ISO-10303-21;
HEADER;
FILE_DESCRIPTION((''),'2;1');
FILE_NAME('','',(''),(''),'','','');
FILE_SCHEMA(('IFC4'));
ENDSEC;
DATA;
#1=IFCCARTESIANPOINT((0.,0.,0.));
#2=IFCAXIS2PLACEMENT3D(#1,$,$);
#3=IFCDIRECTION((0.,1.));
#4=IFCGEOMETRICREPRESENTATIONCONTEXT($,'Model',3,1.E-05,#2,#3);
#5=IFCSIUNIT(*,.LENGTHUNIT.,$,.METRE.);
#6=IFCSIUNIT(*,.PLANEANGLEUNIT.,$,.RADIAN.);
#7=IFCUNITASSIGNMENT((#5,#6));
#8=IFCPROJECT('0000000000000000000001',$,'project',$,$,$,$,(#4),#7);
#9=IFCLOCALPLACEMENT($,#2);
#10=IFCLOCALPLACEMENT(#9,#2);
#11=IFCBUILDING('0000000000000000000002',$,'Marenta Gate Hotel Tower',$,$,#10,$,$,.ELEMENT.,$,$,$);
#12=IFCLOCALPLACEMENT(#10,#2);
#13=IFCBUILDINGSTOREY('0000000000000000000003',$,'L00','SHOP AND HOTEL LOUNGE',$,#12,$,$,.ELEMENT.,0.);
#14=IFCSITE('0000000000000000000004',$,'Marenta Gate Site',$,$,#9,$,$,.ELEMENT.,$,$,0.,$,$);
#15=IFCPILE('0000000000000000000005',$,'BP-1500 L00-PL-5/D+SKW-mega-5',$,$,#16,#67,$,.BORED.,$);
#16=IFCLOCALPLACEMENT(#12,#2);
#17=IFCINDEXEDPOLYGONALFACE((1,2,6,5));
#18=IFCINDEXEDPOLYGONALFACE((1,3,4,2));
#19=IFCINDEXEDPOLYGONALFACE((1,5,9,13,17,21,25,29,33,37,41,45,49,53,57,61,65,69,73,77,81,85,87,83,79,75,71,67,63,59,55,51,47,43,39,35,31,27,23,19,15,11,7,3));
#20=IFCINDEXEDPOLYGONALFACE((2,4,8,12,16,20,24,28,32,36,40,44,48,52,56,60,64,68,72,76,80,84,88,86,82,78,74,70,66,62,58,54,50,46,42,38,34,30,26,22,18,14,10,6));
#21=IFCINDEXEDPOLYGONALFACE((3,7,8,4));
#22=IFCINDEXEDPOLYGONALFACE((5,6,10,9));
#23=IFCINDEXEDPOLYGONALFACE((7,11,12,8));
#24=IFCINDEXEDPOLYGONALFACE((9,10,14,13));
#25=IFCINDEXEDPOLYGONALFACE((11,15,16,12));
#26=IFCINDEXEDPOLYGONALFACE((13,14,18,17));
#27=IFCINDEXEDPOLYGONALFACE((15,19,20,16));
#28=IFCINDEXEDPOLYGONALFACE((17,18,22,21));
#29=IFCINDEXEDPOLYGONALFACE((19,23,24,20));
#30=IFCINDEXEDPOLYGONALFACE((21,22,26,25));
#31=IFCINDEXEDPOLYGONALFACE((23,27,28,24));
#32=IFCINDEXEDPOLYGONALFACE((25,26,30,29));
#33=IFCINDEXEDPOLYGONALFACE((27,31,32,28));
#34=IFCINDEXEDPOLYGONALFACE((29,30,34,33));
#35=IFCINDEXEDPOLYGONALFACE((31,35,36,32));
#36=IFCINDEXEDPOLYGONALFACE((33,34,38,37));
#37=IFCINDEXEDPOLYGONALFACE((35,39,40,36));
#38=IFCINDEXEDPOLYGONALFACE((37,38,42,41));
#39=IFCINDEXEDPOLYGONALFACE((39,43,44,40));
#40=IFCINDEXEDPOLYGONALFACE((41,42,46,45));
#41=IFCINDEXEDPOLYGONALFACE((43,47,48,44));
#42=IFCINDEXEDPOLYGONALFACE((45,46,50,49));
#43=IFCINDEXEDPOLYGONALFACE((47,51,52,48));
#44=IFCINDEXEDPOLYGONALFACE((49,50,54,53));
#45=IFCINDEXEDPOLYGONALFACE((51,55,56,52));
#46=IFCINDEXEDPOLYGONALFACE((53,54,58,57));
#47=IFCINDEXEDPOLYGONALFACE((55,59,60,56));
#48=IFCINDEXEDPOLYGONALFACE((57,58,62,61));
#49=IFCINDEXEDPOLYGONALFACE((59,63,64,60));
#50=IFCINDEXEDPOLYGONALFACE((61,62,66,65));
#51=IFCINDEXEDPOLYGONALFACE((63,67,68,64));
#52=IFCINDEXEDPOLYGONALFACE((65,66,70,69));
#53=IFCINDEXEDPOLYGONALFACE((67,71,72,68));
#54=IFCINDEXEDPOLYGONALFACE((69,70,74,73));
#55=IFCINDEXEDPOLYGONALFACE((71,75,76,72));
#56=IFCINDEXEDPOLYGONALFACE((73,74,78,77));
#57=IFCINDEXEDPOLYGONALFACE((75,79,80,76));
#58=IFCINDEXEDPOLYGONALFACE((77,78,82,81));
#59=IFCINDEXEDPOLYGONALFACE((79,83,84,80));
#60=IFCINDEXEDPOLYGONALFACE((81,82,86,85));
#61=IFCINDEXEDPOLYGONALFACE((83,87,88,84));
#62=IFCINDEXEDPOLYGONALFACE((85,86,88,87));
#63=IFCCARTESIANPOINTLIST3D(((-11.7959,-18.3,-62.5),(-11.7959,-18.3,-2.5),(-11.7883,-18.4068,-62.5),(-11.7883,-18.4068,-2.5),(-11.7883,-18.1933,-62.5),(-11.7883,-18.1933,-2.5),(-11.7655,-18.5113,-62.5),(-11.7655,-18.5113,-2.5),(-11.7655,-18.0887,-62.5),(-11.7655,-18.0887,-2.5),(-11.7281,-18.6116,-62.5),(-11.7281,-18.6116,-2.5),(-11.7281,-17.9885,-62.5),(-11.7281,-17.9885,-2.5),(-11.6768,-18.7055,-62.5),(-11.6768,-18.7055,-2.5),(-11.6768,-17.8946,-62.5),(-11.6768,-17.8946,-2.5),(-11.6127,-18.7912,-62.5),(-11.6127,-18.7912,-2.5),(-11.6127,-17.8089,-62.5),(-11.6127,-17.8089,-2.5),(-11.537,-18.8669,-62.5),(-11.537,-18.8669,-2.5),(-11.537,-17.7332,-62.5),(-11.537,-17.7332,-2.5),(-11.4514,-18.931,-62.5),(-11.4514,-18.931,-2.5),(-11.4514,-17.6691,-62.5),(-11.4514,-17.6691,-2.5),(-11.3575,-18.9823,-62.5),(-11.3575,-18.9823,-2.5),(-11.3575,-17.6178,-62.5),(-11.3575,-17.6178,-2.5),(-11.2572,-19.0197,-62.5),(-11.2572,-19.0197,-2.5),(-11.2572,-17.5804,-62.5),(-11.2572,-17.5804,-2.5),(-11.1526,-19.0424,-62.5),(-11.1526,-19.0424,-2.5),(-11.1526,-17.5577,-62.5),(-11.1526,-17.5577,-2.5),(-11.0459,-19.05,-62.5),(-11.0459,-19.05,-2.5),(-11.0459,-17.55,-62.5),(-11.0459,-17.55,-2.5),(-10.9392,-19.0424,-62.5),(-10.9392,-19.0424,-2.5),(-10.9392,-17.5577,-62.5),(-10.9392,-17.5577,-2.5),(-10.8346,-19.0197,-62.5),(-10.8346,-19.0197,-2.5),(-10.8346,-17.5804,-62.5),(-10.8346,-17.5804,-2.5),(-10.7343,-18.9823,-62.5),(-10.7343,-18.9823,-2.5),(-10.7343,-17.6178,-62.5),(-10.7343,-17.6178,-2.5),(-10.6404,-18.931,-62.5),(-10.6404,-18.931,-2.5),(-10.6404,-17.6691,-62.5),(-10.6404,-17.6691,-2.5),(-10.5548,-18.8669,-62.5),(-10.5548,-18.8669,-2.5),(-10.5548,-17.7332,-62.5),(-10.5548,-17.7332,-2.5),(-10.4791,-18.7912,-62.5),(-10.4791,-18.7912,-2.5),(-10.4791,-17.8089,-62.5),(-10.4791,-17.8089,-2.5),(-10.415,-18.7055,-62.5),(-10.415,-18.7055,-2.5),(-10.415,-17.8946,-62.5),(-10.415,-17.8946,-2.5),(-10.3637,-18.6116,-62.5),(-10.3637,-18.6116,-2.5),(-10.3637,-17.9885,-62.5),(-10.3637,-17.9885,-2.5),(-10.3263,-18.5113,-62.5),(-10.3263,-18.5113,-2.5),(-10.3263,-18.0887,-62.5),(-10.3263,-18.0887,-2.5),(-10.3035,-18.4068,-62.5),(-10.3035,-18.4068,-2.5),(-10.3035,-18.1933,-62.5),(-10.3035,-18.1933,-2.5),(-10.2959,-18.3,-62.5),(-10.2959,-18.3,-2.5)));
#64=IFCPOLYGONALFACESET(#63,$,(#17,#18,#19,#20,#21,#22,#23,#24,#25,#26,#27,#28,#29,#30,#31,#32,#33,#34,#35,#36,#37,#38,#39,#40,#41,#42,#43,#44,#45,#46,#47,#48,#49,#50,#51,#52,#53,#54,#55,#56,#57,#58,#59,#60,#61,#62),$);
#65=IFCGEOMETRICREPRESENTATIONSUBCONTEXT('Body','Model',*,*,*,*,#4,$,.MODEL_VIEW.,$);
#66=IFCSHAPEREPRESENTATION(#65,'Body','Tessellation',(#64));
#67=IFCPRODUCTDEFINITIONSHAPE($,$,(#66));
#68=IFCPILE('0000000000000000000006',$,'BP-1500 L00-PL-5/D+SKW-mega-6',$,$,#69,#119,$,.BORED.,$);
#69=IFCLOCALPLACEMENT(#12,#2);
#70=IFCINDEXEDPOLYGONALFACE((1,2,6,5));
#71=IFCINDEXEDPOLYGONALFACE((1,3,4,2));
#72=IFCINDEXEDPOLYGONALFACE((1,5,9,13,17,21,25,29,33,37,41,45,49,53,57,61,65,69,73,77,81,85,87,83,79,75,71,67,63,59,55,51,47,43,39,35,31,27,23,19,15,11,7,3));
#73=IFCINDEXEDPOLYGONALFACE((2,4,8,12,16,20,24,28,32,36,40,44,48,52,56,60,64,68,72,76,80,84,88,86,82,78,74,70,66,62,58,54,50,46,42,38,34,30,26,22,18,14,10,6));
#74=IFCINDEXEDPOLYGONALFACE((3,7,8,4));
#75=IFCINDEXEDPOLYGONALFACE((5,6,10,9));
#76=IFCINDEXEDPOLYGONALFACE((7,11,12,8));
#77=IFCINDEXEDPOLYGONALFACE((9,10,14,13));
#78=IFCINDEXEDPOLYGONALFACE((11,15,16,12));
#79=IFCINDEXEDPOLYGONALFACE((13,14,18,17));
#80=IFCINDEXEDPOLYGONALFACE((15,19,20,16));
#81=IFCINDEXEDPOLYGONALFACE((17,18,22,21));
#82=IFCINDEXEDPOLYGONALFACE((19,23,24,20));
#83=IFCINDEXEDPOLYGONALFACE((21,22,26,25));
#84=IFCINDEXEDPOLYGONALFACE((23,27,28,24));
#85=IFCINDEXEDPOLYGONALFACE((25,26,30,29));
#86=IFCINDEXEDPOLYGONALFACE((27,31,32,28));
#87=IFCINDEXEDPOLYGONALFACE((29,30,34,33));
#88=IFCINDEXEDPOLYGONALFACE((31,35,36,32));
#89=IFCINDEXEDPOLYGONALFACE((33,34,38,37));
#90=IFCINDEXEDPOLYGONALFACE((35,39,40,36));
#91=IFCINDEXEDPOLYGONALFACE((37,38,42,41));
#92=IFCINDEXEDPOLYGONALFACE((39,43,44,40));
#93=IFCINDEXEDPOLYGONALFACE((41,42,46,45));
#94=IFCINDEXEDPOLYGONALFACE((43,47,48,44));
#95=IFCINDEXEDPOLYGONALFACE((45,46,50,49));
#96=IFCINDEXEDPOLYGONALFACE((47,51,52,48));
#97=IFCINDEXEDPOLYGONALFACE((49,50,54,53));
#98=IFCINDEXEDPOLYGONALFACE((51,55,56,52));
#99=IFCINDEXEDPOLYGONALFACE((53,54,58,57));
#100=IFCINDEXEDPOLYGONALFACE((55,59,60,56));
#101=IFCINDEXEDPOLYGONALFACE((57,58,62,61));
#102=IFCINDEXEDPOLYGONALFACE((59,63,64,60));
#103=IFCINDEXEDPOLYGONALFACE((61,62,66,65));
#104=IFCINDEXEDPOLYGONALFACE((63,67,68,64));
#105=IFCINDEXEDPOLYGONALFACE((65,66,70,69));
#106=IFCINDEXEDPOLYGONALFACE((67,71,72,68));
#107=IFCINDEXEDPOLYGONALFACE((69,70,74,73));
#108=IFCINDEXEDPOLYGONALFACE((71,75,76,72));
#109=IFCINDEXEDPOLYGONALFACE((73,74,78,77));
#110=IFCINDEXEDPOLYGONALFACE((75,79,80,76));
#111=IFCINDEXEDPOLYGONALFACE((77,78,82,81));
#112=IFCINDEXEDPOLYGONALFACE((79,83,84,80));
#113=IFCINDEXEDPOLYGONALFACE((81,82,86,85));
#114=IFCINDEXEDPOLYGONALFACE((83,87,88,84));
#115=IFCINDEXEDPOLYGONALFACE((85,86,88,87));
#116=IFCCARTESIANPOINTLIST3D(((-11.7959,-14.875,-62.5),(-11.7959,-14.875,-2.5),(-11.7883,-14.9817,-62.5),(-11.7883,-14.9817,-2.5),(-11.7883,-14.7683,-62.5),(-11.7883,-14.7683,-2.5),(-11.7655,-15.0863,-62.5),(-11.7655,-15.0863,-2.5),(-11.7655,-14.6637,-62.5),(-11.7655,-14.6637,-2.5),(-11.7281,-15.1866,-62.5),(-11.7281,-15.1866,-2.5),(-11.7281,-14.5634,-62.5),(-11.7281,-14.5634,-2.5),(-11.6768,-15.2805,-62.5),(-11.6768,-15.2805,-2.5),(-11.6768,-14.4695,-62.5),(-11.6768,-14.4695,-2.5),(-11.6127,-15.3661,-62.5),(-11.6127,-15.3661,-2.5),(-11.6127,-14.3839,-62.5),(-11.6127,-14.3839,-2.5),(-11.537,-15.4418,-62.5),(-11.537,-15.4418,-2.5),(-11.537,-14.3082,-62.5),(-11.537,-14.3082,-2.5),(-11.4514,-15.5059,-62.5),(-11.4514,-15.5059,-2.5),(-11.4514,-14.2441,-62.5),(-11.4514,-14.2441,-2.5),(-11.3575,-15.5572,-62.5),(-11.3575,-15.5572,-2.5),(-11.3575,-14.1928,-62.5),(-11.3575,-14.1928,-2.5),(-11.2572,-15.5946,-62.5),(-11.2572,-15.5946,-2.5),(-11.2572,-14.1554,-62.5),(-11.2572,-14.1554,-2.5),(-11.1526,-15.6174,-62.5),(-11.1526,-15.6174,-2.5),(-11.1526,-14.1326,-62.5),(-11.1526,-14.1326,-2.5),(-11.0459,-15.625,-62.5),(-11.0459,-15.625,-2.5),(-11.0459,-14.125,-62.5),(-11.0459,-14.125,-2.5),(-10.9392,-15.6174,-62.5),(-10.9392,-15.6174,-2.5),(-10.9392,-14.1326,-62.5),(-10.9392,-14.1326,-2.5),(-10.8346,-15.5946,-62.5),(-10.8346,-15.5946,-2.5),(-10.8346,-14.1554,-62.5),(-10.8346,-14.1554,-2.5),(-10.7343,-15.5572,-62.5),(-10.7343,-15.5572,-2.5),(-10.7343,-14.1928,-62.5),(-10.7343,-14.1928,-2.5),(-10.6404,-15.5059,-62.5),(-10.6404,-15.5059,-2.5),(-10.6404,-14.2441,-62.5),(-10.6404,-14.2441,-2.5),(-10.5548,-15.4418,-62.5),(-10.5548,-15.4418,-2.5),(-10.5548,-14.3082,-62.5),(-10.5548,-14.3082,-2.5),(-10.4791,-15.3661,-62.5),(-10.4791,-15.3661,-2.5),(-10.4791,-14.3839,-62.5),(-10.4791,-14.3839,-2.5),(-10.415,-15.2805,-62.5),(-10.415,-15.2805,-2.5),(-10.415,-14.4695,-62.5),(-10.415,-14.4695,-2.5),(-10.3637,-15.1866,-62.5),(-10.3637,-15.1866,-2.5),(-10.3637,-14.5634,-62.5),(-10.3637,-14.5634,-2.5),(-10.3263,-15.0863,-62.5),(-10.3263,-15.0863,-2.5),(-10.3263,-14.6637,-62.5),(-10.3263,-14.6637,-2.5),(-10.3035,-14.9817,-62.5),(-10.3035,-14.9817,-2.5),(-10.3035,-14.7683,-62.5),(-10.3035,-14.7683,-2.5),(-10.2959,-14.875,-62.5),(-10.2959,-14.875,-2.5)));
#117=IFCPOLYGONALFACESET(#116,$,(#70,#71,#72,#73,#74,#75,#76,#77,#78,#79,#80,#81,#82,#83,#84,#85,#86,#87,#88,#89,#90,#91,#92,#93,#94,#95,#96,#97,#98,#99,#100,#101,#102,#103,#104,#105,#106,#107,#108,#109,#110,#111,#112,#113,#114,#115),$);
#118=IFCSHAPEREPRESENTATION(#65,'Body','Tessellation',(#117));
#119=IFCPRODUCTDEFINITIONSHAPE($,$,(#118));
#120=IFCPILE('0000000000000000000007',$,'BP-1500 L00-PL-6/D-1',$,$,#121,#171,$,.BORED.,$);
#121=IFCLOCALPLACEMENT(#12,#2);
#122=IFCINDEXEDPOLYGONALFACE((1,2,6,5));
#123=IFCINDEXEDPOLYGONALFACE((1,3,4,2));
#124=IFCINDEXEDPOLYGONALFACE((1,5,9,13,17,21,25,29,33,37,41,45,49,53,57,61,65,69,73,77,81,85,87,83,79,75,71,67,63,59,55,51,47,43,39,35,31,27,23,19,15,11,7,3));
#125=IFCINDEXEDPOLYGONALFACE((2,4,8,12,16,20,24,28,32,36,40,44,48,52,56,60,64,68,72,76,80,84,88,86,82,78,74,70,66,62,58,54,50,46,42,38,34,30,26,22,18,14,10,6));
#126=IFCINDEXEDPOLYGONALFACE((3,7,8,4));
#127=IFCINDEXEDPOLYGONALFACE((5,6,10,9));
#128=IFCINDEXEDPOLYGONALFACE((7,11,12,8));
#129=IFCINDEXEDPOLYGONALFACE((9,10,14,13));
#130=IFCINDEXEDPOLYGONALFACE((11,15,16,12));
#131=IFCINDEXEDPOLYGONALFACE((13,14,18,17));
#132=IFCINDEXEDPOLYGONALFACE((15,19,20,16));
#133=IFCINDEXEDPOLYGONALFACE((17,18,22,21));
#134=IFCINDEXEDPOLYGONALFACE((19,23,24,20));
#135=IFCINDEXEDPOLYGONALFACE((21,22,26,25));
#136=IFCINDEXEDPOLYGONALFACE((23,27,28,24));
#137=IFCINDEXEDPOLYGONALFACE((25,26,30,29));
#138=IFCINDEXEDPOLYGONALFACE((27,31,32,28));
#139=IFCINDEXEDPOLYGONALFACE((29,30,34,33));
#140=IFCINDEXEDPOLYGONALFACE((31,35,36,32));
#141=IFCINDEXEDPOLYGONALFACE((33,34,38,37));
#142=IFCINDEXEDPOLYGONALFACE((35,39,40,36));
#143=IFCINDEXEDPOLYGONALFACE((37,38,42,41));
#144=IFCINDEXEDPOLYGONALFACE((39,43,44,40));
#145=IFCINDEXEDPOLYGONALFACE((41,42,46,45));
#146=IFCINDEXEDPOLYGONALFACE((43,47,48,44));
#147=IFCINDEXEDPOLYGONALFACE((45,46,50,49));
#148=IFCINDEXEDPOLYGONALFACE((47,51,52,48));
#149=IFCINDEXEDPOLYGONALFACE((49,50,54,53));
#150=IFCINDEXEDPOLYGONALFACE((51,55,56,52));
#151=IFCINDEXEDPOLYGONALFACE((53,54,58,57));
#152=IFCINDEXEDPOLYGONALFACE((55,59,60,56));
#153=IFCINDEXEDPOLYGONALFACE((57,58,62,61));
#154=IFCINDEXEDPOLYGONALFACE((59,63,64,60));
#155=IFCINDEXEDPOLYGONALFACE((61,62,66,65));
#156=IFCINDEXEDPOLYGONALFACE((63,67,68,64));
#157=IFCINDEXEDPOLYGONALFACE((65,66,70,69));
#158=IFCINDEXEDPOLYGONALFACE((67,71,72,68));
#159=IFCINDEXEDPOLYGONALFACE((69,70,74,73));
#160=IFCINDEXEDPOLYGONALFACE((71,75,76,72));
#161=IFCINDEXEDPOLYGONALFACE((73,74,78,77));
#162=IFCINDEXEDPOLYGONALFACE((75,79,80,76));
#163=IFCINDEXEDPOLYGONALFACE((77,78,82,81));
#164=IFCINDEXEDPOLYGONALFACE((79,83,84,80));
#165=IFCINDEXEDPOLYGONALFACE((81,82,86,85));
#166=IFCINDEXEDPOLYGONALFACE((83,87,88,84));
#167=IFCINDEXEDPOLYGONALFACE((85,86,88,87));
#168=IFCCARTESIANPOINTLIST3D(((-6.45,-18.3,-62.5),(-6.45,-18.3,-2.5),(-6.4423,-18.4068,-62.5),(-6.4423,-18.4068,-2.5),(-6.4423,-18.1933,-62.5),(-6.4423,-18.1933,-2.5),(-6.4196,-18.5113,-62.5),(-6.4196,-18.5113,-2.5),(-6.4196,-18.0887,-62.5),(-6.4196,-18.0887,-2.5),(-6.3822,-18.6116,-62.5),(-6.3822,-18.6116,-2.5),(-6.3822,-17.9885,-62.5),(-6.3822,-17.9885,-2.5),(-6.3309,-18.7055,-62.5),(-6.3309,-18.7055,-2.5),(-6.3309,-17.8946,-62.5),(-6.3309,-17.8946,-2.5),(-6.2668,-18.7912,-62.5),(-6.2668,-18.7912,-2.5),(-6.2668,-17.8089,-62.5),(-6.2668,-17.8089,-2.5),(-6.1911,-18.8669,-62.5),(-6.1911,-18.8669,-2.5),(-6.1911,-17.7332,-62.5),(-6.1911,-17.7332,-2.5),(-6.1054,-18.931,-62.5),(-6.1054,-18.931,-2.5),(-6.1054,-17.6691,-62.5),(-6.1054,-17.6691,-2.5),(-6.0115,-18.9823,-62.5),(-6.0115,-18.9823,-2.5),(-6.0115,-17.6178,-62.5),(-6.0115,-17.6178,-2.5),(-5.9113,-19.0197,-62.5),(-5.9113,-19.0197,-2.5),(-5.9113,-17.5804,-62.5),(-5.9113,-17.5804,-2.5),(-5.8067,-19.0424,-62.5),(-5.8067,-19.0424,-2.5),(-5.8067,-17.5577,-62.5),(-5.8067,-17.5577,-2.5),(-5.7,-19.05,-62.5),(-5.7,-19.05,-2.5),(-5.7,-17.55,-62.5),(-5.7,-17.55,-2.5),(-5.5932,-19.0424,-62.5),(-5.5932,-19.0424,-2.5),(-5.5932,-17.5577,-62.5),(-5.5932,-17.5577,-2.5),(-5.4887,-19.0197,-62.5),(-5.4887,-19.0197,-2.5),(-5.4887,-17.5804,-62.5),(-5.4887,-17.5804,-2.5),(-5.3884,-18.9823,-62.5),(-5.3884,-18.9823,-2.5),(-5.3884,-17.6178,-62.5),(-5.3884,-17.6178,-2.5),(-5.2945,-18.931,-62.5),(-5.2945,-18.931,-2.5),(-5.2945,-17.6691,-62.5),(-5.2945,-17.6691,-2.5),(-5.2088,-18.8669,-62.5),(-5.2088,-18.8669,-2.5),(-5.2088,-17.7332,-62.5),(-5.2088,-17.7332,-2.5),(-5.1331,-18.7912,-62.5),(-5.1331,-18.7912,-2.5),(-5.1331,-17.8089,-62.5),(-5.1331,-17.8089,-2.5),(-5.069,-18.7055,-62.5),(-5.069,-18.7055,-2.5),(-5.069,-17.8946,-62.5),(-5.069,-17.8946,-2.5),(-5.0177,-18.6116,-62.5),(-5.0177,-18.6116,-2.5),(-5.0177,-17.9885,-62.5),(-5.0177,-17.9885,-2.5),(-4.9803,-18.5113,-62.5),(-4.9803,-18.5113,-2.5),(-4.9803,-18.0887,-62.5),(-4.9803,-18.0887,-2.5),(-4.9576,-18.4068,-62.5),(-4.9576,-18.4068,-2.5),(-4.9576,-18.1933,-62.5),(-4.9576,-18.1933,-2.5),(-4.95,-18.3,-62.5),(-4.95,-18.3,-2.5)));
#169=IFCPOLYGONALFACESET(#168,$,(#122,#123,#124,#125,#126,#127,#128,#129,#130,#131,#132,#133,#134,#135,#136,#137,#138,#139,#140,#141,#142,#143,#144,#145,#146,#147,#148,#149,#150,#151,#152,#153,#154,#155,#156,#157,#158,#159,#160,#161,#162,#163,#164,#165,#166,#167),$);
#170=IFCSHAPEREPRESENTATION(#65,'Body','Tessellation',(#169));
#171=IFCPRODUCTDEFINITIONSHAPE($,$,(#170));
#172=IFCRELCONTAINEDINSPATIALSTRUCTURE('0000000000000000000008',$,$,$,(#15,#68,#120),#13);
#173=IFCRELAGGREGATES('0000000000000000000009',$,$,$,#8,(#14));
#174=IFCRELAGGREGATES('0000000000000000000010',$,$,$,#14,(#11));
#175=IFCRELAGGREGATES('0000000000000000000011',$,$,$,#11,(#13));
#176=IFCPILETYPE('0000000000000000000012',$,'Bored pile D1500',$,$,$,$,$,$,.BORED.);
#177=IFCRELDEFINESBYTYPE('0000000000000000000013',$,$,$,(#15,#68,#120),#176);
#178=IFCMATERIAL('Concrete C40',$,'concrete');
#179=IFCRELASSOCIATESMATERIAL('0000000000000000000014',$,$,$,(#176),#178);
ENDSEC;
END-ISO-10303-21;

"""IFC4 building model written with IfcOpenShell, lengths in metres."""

from ifc_helpers import new_model, si_unit, direction, frame, origin, origin_2d, place, context, subcontext, project, spatial, circle, extrude, material, type_object, element, save


model = new_model("IFC4")

# Units and contexts
model_context = context("Model", 3, precision=1e-05, world=origin(), true_north=direction((0.0, 1.0)))
body_context = subcontext(model_context, "Body", "Model", "MODEL_VIEW")
ifc_project = project(units=[si_unit("LENGTHUNIT", "METRE"), si_unit("PLANEANGLEUNIT", "RADIAN")], contexts=[model_context])

# Site, building, storey
site_placement = place(None, origin())
site = spatial("IfcSite", under=ifc_project, at=site_placement, Name="Marenta Gate Site", CompositionType="ELEMENT", RefElevation=0.0)
building_placement = place(site_placement, origin())
building = spatial("IfcBuilding", under=site, at=building_placement, Name="Marenta Gate Hotel Tower", CompositionType="ELEMENT")
storey_placement = place(building_placement, origin())
storey = spatial("IfcBuildingStorey", under=building, at=storey_placement, Name="L00", Description="SHOP AND HOTEL LOUNGE", CompositionType="ELEMENT", Elevation=0.0)

# Piles
ifc_material_1 = material(Name="Concrete C40", Category="concrete")
pile_type = type_object("IfcPileType", Name="Bored pile D1500", PredefinedType="BORED", material=ifc_material_1)
for number, where, z_axis, x_axis, name in (
    (1, (-11.0459, -18.3, -2.5), (0.0, 0.0, -1.0), (1.0, 0.0, 0.0), "BP-1500 L00-PL-5/D+SKW-mega-5"),
    (2, (-11.0459, -14.875, -2.5), (0.0, 0.0, -1.0), (1.0, 0.0, 0.0), "BP-1500 L00-PL-5/D+SKW-mega-6"),
    (3, (-5.7, -18.3, -2.5), (0.0, 0.0, -1.0), (1.0, 0.0, 0.0), "BP-1500 L00-PL-6/D-1"),
):
    element("IfcPile", number, at=place(storey_placement, frame(where, z_axis=z_axis, x_axis=x_axis)), inside=storey, type_object=pile_type, Name=name, PredefinedType="BORED", context=body_context, shape_type="SweptSolid", body=[
        extrude(circle(Radius=0.75, at=origin_2d()), origin(), (0.0, 0.0, 1.0), 60.0),
    ])

save(model, "model.ifc")
